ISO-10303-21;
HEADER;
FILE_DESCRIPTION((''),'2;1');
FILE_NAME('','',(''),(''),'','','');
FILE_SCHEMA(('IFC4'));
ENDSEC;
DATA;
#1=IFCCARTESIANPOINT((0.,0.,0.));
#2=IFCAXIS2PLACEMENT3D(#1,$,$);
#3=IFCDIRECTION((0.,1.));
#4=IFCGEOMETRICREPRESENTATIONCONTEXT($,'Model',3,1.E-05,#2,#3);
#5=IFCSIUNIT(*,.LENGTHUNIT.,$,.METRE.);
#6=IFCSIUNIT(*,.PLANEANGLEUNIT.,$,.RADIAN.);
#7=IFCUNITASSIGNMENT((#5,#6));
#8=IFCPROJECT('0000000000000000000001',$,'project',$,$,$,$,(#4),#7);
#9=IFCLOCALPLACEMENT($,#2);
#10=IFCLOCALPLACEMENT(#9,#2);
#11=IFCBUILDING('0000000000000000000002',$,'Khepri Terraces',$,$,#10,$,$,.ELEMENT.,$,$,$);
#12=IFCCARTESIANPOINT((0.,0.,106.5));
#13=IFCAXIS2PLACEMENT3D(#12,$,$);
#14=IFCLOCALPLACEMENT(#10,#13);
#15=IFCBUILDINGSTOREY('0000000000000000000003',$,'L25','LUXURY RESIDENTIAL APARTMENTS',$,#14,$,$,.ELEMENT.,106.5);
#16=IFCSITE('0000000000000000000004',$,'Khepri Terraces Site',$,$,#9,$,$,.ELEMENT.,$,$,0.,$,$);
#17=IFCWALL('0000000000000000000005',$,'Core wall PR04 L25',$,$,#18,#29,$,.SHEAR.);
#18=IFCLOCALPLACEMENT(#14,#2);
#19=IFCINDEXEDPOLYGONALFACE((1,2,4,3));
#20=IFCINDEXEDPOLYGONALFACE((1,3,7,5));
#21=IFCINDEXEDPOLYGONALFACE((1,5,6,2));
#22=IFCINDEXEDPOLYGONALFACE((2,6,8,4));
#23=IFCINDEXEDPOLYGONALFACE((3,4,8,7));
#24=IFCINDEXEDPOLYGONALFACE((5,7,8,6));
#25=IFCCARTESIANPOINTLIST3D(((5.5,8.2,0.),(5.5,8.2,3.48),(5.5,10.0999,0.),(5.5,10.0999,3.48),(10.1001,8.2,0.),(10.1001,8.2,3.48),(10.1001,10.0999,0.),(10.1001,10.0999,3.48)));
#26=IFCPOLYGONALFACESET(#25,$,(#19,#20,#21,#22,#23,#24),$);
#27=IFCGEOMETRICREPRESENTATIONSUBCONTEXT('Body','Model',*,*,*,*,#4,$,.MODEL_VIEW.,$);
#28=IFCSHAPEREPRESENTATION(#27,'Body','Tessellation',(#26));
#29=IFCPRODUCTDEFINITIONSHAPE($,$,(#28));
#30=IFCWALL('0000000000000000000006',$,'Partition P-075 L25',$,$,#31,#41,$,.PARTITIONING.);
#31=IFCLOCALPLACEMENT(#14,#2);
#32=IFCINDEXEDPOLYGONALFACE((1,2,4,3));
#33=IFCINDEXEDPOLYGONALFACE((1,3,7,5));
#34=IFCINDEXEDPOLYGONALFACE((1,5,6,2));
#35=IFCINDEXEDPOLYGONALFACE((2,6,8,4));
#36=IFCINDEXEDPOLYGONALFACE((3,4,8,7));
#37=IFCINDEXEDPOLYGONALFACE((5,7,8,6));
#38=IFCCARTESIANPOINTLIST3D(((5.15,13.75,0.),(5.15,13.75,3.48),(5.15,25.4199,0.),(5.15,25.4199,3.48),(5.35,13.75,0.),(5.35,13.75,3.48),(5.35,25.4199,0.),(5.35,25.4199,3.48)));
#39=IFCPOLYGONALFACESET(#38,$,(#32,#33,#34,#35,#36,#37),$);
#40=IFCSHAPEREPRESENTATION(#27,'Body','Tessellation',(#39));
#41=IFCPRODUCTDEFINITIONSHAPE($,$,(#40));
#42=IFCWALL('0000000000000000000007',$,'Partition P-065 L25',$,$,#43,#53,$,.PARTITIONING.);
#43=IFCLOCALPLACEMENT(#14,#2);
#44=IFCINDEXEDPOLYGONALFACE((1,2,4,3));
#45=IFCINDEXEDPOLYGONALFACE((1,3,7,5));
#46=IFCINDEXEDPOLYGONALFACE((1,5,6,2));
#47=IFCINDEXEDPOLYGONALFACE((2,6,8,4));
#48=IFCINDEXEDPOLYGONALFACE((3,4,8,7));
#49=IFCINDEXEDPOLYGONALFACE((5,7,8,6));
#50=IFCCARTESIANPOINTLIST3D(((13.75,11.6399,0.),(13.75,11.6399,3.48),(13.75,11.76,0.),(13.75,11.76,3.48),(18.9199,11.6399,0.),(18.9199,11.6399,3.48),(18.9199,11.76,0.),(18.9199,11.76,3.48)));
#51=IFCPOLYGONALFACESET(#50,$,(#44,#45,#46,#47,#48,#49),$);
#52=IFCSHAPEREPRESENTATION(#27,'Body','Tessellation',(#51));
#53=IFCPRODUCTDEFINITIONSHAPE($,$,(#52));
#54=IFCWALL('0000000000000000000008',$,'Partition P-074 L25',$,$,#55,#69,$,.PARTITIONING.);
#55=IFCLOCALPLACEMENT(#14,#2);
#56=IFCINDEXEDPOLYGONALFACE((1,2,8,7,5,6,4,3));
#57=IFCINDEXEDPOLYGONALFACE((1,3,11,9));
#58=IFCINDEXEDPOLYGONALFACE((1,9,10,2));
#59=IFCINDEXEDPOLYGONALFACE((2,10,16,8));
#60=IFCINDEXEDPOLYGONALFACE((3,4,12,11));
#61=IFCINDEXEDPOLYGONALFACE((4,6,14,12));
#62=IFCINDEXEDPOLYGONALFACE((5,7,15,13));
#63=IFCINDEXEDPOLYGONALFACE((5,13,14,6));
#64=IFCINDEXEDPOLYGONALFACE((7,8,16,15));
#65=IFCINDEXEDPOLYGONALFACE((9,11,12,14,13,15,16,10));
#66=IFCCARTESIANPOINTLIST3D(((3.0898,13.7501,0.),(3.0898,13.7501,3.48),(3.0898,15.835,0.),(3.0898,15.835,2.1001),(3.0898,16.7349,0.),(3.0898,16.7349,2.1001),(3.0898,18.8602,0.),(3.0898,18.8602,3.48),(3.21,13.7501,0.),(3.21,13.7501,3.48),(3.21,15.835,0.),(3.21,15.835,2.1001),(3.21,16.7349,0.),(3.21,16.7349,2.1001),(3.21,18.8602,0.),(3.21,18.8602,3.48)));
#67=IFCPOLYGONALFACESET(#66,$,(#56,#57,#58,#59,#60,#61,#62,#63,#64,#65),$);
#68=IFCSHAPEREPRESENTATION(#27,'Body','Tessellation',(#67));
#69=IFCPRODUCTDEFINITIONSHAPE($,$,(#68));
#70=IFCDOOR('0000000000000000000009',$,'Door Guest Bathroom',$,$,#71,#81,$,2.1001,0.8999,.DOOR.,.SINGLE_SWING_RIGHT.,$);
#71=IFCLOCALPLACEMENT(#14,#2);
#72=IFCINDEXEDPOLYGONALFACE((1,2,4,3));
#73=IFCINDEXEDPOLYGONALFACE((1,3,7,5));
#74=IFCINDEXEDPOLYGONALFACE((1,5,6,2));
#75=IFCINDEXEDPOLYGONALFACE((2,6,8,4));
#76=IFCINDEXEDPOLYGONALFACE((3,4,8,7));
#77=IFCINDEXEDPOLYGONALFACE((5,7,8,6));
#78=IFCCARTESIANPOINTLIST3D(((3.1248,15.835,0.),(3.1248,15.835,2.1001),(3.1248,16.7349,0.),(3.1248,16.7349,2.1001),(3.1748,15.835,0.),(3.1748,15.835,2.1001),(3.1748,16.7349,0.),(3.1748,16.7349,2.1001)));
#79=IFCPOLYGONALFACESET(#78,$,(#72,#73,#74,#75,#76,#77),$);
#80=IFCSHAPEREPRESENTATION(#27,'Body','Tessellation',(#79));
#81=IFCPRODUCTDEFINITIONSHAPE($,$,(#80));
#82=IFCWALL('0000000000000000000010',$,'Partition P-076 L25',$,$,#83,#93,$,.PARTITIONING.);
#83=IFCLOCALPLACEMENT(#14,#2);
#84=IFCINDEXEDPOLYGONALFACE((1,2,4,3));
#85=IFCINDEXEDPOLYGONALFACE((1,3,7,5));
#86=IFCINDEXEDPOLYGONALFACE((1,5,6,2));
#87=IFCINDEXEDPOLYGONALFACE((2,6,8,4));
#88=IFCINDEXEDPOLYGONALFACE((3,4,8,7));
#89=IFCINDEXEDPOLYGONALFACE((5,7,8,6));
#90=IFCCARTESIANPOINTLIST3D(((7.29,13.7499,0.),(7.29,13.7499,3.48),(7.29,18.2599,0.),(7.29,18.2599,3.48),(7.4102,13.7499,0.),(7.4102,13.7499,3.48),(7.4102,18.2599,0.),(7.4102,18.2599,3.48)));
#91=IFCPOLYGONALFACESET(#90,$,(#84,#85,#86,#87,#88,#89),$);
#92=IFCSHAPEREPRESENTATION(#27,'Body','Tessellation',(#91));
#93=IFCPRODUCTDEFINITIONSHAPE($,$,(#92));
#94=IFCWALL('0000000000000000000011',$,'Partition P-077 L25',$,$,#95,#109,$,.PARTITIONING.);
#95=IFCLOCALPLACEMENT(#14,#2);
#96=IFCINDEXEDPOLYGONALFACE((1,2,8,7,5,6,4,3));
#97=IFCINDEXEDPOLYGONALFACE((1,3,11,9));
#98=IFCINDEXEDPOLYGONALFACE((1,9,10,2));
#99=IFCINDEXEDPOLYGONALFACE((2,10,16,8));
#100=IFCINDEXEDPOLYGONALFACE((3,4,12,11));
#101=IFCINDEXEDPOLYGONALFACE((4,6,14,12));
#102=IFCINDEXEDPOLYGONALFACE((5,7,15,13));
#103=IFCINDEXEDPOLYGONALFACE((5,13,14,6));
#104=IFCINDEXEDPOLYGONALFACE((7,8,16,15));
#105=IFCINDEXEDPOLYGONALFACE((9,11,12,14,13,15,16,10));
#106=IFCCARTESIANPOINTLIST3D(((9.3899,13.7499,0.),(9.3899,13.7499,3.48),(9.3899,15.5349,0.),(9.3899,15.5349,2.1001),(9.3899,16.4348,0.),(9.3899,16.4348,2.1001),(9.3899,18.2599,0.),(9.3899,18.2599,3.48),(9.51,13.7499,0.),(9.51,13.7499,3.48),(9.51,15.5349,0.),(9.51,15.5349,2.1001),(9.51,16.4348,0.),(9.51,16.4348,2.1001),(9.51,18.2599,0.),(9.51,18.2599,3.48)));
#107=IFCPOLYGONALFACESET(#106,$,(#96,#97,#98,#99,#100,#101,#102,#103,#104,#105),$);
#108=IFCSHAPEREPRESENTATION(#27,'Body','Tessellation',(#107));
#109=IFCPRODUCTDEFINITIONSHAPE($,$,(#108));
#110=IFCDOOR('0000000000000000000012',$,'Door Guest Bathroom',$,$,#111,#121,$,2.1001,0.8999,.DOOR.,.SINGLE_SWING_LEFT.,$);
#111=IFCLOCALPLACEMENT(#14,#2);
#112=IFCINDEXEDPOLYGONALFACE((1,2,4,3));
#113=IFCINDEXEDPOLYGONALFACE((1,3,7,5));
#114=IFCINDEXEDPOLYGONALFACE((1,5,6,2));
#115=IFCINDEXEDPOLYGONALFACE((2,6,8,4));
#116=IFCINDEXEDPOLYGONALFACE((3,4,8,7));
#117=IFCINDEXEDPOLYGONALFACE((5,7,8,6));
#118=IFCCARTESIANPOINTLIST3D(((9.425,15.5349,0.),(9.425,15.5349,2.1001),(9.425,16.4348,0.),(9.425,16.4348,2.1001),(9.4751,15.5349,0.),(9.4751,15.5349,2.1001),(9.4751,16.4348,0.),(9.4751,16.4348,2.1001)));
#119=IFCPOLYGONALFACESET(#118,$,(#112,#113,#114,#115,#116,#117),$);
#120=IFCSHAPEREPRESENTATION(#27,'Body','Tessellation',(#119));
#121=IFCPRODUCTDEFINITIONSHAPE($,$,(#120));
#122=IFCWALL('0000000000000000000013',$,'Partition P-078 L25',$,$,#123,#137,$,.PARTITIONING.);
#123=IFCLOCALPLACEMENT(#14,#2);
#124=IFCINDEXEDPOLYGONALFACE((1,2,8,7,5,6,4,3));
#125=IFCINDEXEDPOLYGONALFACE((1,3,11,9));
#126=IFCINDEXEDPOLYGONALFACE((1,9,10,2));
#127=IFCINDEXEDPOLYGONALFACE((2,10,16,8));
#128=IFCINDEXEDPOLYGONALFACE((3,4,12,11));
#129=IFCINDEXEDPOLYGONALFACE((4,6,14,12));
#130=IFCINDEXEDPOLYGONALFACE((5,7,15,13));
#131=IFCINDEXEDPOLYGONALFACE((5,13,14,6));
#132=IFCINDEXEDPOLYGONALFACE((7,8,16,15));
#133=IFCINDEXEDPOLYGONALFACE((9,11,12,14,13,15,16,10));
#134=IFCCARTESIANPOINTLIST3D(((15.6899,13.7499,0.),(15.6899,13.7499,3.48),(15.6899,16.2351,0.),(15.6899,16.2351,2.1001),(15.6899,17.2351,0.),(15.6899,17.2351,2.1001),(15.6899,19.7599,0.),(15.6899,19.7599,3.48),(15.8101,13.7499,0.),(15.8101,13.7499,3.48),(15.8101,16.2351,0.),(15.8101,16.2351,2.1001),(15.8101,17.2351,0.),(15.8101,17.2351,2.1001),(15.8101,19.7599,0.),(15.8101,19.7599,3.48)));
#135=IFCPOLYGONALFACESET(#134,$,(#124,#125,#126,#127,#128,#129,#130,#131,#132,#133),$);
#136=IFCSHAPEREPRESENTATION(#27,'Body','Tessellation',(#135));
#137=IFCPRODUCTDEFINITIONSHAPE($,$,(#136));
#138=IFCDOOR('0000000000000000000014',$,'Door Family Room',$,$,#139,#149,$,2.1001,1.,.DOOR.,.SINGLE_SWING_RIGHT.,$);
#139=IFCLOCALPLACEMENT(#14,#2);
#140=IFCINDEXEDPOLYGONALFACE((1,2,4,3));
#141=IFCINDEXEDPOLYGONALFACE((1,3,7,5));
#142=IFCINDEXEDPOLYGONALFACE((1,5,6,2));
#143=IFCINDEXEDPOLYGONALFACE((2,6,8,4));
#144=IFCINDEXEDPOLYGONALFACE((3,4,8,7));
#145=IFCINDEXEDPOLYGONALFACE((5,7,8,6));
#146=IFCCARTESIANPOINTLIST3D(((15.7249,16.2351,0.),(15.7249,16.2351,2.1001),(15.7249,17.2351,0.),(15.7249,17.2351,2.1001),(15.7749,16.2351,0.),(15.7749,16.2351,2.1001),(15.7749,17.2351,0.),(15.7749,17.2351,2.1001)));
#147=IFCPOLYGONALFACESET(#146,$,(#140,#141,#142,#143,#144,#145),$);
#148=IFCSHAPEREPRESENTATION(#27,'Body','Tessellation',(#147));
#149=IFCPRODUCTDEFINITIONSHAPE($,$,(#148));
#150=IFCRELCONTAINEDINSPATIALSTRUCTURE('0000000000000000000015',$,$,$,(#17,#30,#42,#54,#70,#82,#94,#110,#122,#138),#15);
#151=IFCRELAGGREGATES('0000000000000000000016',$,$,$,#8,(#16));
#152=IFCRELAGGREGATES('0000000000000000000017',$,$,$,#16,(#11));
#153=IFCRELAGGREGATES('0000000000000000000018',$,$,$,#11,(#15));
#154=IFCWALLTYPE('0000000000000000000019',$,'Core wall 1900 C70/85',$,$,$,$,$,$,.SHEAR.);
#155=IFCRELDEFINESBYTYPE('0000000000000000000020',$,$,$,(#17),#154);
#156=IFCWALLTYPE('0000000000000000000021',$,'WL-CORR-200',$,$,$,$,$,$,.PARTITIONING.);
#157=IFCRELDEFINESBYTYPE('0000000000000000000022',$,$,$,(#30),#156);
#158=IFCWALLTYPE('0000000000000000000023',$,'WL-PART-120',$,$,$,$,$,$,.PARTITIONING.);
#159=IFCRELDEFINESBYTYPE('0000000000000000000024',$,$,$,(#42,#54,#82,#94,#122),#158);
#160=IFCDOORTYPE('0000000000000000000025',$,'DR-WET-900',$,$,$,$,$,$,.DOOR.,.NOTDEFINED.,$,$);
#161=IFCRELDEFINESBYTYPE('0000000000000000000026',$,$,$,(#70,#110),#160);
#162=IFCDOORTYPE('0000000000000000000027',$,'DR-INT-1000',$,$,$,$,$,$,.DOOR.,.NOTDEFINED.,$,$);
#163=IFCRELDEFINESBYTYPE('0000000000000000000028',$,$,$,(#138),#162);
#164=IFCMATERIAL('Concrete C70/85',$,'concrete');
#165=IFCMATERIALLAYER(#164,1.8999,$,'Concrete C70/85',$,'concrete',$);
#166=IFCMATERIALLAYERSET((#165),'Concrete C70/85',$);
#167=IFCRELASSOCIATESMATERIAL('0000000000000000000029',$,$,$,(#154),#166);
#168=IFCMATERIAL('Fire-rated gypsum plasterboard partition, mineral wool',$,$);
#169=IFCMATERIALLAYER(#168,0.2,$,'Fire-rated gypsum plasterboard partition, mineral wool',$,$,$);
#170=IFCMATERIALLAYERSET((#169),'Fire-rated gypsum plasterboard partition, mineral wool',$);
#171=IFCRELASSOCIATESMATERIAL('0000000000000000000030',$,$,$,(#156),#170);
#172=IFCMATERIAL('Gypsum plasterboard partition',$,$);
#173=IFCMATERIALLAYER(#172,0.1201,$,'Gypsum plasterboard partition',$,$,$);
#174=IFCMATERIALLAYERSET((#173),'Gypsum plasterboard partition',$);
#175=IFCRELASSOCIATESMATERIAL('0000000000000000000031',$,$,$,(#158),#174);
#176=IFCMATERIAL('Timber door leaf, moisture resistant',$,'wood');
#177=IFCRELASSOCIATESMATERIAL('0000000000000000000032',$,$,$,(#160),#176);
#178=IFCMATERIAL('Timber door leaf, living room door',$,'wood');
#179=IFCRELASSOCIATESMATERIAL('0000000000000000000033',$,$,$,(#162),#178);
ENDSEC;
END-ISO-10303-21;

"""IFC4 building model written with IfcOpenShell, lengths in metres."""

from ifc_helpers import new_model, si_unit, direction, frame, frame_2d, origin, place, context, subcontext, project, spatial, rectangle, extrude, material, layer, layer_set, type_object, element, fill, save


model = new_model("IFC4")

# Units and contexts
model_context = context("Model", 3, precision=1e-05, world=origin(), true_north=direction((0.0, 1.0)))
body_context = subcontext(model_context, "Body", "Model", "MODEL_VIEW")
ifc_project = project(units=[si_unit("LENGTHUNIT", "METRE"), si_unit("PLANEANGLEUNIT", "RADIAN")], contexts=[model_context])

# Site, building, storey
site_placement = place(None, origin())
site = spatial("IfcSite", under=ifc_project, at=site_placement, Name="Khepri Terraces Site", CompositionType="ELEMENT", RefElevation=0.0)
building_placement = place(site_placement, origin())
building = spatial("IfcBuilding", under=site, at=building_placement, Name="Khepri Terraces", CompositionType="ELEMENT")
storey_placement = place(building_placement, frame((0.0, 0.0, 106.5)))
storey = spatial("IfcBuildingStorey", under=building, at=storey_placement, Name="L25", Description="LUXURY RESIDENTIAL APARTMENTS", CompositionType="ELEMENT", Elevation=106.5)

# Walls
ifc_material_1 = material(Name="Concrete C70/85", Category="concrete")
ifc_layer_1 = layer(ifc_material_1, 1.8999, Name="Concrete C70/85", Category="concrete")
ifc_layer_set_1 = layer_set([ifc_layer_1], Name="Concrete C70/85")
wall_type_1 = type_object("IfcWallType", Name="Core wall 1900 C70/85", PredefinedType="SHEAR", material=ifc_layer_set_1)
wall_1_placement = place(storey_placement, frame((5.5, 9.1499, 0.0), z_axis=(0.0, 0.0, 1.0), x_axis=(1.0, 0.0, 0.0)))
element("IfcWall", 1, at=wall_1_placement, inside=storey, type_object=wall_type_1, Name="Core wall PR04 L25", PredefinedType="SHEAR", context=body_context, shape_type="SweptSolid", body=[
    extrude(rectangle(XDim=4.6001, YDim=1.8999, at=frame_2d((2.3, 0.0))), origin(), (0.0, 0.0, 1.0), 3.48),
])
ifc_material_2 = material(Name="Fire-rated gypsum plasterboard partition, mineral wool")
ifc_layer_2 = layer(ifc_material_2, 0.2, Name="Fire-rated gypsum plasterboard partition, mineral wool")
ifc_layer_set_2 = layer_set([ifc_layer_2], Name="Fire-rated gypsum plasterboard partition, mineral wool")
wall_type_2 = type_object("IfcWallType", Name="WL-CORR-200", PredefinedType="PARTITIONING", material=ifc_layer_set_2)
wall_2_placement = place(storey_placement, frame((5.25, 13.75, 0.0), z_axis=(0.0, 0.0, 1.0), x_axis=(0.0, 1.0, 0.0)))
element("IfcWall", 2, at=wall_2_placement, inside=storey, type_object=wall_type_2, Name="Partition P-075 L25", PredefinedType="PARTITIONING", context=body_context, shape_type="SweptSolid", body=[
    extrude(rectangle(XDim=11.6699, YDim=0.2, at=frame_2d((5.835, 0.0))), origin(), (0.0, 0.0, 1.0), 3.48),
])
ifc_material_3 = material(Name="Gypsum plasterboard partition")
ifc_layer_3 = layer(ifc_material_3, 0.1201, Name="Gypsum plasterboard partition")
ifc_layer_set_3 = layer_set([ifc_layer_3], Name="Gypsum plasterboard partition")
wall_type_3 = type_object("IfcWallType", Name="WL-PART-120", PredefinedType="PARTITIONING", material=ifc_layer_set_3)
wall_3_placement = place(storey_placement, frame((13.75, 11.7, 0.0), z_axis=(0.0, 0.0, 1.0), x_axis=(1.0, 0.0, 0.0)))
element("IfcWall", 3, at=wall_3_placement, inside=storey, type_object=wall_type_3, Name="Partition P-065 L25", PredefinedType="PARTITIONING", context=body_context, shape_type="SweptSolid", body=[
    extrude(rectangle(XDim=5.1699, YDim=0.1201, at=frame_2d((2.585, 0.0))), origin(), (0.0, 0.0, 1.0), 3.48),
])

# Wall, opening, door
wall_4_placement = place(storey_placement, frame((3.1499, 13.75, 0.0), z_axis=(0.0, 0.0, 1.0), x_axis=(0.0, 1.0, 0.0)))
wall_4 = element("IfcWall", 4, at=wall_4_placement, inside=storey, type_object=wall_type_3, Name="Partition P-074 L25", PredefinedType="PARTITIONING", context=body_context, shape_type="SweptSolid", body=[
    extrude(rectangle(XDim=5.1101, YDim=0.1201, at=frame_2d((2.5552, 0.0))), origin(), (0.0, 0.0, 1.0), 3.48),
])
opening_1_placement = place(wall_4_placement, frame((2.085, 0.0, 0.0)))
opening_1 = element("IfcOpeningElement", 5, at=opening_1_placement, cuts=wall_4, PredefinedType="OPENING", context=body_context, shape_type="SweptSolid", body=[
    extrude(rectangle(XDim=0.8999, YDim=2.1001, at=frame_2d((0.45, 1.05))), frame((0.0, 0.0701, 0.0), z_axis=(0.0, -1.0, 0.0), x_axis=(1.0, 0.0, 0.0)), (0.0, 0.0, 1.0), 0.1401),
])
ifc_material_4 = material(Name="Timber door leaf, moisture resistant", Category="wood")
door_type_1 = type_object("IfcDoorType", Name="DR-WET-900", OperationType="NOTDEFINED", PredefinedType="DOOR", material=ifc_material_4)
door_1_placement = place(opening_1_placement, frame((0.8999, 0.0, 0.0), z_axis=(0.0, 0.0, 1.0), x_axis=(-1.0, 0.0, 0.0)))
door_1 = element("IfcDoor", 6, at=door_1_placement, inside=storey, type_object=door_type_1, Name="Door Guest Bathroom", OperationType="SINGLE_SWING_RIGHT", OverallHeight=2.1001, OverallWidth=0.8999, PredefinedType="DOOR", context=body_context, shape_type="SweptSolid", body=[
    extrude(rectangle(XDim=0.8999, YDim=2.1001, at=frame_2d((0.45, 1.05))), frame((0.0, 0.0249, 0.0), z_axis=(0.0, -1.0, 0.0), x_axis=(1.0, 0.0, 0.0)), (0.0, 0.0, 1.0), 0.05),
])
fill(opening_1, door_1)

# Wall
wall_5_placement = place(storey_placement, frame((7.3501, 13.75, 0.0), z_axis=(0.0, 0.0, 1.0), x_axis=(0.0, 1.0, 0.0)))
element("IfcWall", 7, at=wall_5_placement, inside=storey, type_object=wall_type_3, Name="Partition P-076 L25", PredefinedType="PARTITIONING", context=body_context, shape_type="SweptSolid", body=[
    extrude(rectangle(XDim=4.51, YDim=0.1201, at=frame_2d((2.2549, 0.0))), origin(), (0.0, 0.0, 1.0), 3.48),
])

# Walls, openings, doors
wall_6_placement = place(storey_placement, frame((9.45, 13.75, 0.0), z_axis=(0.0, 0.0, 1.0), x_axis=(0.0, 1.0, 0.0)))
wall_6 = element("IfcWall", 8, at=wall_6_placement, inside=storey, type_object=wall_type_3, Name="Partition P-077 L25", PredefinedType="PARTITIONING", context=body_context, shape_type="SweptSolid", body=[
    extrude(rectangle(XDim=4.51, YDim=0.1201, at=frame_2d((2.2549, 0.0))), origin(), (0.0, 0.0, 1.0), 3.48),
])
opening_2_placement = place(wall_6_placement, frame((1.7849, 0.0, 0.0)))
opening_2 = element("IfcOpeningElement", 9, at=opening_2_placement, cuts=wall_6, PredefinedType="OPENING", context=body_context, shape_type="SweptSolid", body=[
    extrude(rectangle(XDim=0.8999, YDim=2.1001, at=frame_2d((0.45, 1.05))), frame((0.0, 0.0701, 0.0), z_axis=(0.0, -1.0, 0.0), x_axis=(1.0, 0.0, 0.0)), (0.0, 0.0, 1.0), 0.1401),
])
door_2_placement = place(opening_2_placement, origin())
door_2 = element("IfcDoor", 10, at=door_2_placement, inside=storey, type_object=door_type_1, Name="Door Guest Bathroom", OperationType="SINGLE_SWING_LEFT", OverallHeight=2.1001, OverallWidth=0.8999, PredefinedType="DOOR", context=body_context, shape_type="SweptSolid", body=[
    extrude(rectangle(XDim=0.8999, YDim=2.1001, at=frame_2d((0.45, 1.05))), frame((0.0, 0.0249, 0.0), z_axis=(0.0, -1.0, 0.0), x_axis=(1.0, 0.0, 0.0)), (0.0, 0.0, 1.0), 0.05),
])
fill(opening_2, door_2)
wall_7_placement = place(storey_placement, frame((15.75, 13.75, 0.0), z_axis=(0.0, 0.0, 1.0), x_axis=(0.0, 1.0, 0.0)))
wall_7 = element("IfcWall", 11, at=wall_7_placement, inside=storey, type_object=wall_type_3, Name="Partition P-078 L25", PredefinedType="PARTITIONING", context=body_context, shape_type="SweptSolid", body=[
    extrude(rectangle(XDim=6.01, YDim=0.1201, at=frame_2d((3.0049, 0.0))), origin(), (0.0, 0.0, 1.0), 3.48),
])
opening_3_placement = place(wall_7_placement, frame((2.4851, 0.0, 0.0)))
opening_3 = element("IfcOpeningElement", 12, at=opening_3_placement, cuts=wall_7, PredefinedType="OPENING", context=body_context, shape_type="SweptSolid", body=[
    extrude(rectangle(XDim=1.0, YDim=2.1001, at=frame_2d((0.5, 1.05))), frame((0.0, 0.0701, 0.0), z_axis=(0.0, -1.0, 0.0), x_axis=(1.0, 0.0, 0.0)), (0.0, 0.0, 1.0), 0.1401),
])
ifc_material_5 = material(Name="Timber door leaf, living room door", Category="wood")
door_type_2 = type_object("IfcDoorType", Name="DR-INT-1000", OperationType="NOTDEFINED", PredefinedType="DOOR", material=ifc_material_5)
door_3_placement = place(opening_3_placement, frame((1.0, 0.0, 0.0), z_axis=(0.0, 0.0, 1.0), x_axis=(-1.0, 0.0, 0.0)))
door_3 = element("IfcDoor", 13, at=door_3_placement, inside=storey, type_object=door_type_2, Name="Door Family Room", OperationType="SINGLE_SWING_RIGHT", OverallHeight=2.1001, OverallWidth=1.0, PredefinedType="DOOR", context=body_context, shape_type="SweptSolid", body=[
    extrude(rectangle(XDim=1.0, YDim=2.1001, at=frame_2d((0.5, 1.05))), frame((0.0, 0.0249, 0.0), z_axis=(0.0, -1.0, 0.0), x_axis=(1.0, 0.0, 0.0)), (0.0, 0.0, 1.0), 0.05),
])
fill(opening_3, door_3)

save(model, "model.ifc")
